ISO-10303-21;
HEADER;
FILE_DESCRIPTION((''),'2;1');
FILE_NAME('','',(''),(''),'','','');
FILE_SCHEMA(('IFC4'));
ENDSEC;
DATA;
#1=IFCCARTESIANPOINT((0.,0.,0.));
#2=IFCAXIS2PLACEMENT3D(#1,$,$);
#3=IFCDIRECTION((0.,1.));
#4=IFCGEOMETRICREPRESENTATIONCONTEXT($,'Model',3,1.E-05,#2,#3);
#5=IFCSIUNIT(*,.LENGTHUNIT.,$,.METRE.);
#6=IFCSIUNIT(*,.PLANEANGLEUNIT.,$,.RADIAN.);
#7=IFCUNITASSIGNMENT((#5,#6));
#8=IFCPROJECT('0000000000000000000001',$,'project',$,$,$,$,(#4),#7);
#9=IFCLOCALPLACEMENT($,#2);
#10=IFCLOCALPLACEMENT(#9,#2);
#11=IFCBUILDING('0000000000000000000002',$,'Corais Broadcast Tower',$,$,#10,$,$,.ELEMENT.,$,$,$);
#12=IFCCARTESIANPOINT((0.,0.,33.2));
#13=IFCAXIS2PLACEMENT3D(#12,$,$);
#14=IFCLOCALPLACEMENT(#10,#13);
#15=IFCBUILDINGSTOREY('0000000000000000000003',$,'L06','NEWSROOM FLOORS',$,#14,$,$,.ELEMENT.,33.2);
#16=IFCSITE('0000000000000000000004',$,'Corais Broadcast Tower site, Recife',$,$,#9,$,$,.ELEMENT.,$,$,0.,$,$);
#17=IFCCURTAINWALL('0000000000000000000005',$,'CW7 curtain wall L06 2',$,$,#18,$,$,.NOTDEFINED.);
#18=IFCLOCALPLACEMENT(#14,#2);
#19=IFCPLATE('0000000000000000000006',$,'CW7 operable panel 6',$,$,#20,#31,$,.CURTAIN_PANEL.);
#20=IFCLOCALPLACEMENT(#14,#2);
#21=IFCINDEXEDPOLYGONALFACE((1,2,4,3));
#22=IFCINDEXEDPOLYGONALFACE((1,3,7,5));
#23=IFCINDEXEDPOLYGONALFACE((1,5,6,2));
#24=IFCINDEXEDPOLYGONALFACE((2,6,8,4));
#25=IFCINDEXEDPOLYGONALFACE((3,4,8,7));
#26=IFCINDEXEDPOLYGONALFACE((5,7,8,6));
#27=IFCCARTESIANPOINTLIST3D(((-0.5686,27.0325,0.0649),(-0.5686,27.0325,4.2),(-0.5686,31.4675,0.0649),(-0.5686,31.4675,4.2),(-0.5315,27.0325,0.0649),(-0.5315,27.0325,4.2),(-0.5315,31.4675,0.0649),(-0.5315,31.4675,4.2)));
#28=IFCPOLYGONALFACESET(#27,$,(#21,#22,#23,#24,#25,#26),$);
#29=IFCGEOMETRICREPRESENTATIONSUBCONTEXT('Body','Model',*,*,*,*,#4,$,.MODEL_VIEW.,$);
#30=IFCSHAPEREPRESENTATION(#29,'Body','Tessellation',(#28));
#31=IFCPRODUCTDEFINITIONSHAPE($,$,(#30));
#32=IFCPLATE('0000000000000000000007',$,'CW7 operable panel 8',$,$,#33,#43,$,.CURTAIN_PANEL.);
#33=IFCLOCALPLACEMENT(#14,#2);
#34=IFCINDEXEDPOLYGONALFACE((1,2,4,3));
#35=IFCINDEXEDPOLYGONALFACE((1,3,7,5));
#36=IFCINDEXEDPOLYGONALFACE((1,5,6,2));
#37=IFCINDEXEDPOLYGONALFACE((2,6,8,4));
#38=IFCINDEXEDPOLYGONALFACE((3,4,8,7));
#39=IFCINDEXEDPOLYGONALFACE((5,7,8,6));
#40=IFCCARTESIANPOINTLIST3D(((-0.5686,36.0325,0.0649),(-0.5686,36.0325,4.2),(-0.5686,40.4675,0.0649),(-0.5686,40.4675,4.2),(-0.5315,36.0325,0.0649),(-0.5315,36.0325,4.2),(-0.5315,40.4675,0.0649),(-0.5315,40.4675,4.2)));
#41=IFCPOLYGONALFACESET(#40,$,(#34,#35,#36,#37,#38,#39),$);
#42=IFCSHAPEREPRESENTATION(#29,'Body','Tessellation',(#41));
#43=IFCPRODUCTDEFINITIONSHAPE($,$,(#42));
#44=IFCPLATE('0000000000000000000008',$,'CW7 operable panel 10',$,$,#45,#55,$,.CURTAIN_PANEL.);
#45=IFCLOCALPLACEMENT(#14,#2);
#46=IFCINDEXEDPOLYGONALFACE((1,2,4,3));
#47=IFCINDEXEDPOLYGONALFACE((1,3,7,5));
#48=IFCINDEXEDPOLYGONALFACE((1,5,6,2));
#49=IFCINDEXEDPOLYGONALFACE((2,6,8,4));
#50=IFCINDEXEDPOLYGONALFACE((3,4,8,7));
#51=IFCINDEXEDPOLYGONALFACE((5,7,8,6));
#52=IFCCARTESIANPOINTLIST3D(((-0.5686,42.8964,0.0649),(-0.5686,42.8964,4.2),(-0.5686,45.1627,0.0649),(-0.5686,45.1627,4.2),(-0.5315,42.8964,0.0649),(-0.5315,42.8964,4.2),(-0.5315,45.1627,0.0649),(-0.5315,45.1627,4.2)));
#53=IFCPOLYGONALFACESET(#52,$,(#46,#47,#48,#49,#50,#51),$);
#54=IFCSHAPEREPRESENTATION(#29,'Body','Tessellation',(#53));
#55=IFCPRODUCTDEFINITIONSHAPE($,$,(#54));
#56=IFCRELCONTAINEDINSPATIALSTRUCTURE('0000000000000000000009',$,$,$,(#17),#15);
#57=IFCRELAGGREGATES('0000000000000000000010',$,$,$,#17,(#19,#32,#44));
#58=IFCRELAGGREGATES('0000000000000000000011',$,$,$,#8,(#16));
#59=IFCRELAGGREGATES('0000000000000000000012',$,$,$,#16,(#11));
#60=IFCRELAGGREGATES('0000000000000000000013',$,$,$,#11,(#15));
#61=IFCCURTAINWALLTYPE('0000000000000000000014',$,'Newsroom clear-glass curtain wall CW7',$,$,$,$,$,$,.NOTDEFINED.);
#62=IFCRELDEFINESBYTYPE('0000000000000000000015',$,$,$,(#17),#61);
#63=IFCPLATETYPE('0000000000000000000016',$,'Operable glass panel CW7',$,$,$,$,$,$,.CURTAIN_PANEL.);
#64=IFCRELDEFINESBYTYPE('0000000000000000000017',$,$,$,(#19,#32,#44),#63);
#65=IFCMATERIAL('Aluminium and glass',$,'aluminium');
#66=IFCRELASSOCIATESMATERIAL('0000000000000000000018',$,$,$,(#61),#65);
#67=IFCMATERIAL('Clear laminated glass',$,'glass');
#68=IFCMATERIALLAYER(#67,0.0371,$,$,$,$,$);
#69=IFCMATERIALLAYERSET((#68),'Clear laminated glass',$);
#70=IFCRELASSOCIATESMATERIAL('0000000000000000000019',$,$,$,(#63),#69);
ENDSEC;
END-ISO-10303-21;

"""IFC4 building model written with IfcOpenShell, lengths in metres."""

from ifc_helpers import new_model, si_unit, direction, frame, origin, origin_2d, place, context, subcontext, project, spatial, rectangle, extrude, material, layer, layer_set, type_object, element, aggregate, save


model = new_model("IFC4")

# Units and contexts
model_context = context("Model", 3, precision=1e-05, world=origin(), true_north=direction((0.0, 1.0)))
body_context = subcontext(model_context, "Body", "Model", "MODEL_VIEW")
ifc_project = project(units=[si_unit("LENGTHUNIT", "METRE"), si_unit("PLANEANGLEUNIT", "RADIAN")], contexts=[model_context])

# Site, building, storey
site_placement = place(None, origin())
site = spatial("IfcSite", under=ifc_project, at=site_placement, Name="Corais Broadcast Tower site, Recife", CompositionType="ELEMENT", RefElevation=0.0)
building_placement = place(site_placement, origin())
building = spatial("IfcBuilding", under=site, at=building_placement, Name="Corais Broadcast Tower", CompositionType="ELEMENT")
storey_placement = place(building_placement, frame((0.0, 0.0, 33.2)))
storey = spatial("IfcBuildingStorey", under=building, at=storey_placement, Name="L06", Description="NEWSROOM FLOORS", CompositionType="ELEMENT", Elevation=33.2)

# Curtain wall
ifc_material_1 = material(Name="Aluminium and glass", Category="aluminium")
curtain_wall_type = type_object("IfcCurtainWallType", Name="Newsroom clear-glass curtain wall CW7", PredefinedType="NOTDEFINED", material=ifc_material_1)
curtain_wall_placement = place(storey_placement, origin())
curtain_wall = element("IfcCurtainWall", 1, at=curtain_wall_placement, inside=storey, type_object=curtain_wall_type, Name="CW7 curtain wall L06 2", PredefinedType="NOTDEFINED")

# Plates
ifc_material_2 = material(Name="Clear laminated glass", Category="glass")
ifc_layer_1 = layer(ifc_material_2, 0.0371)
ifc_layer_set_1 = layer_set([ifc_layer_1], Name="Clear laminated glass")
plate_type_1 = type_object("IfcPlateType", Name="Operable glass panel CW7", PredefinedType="CURTAIN_PANEL", material=ifc_layer_set_1)
plate_1_placement = place(storey_placement, frame((-0.55, 29.25, 0.0649), z_axis=(0.0, 0.0, 1.0), x_axis=(0.0, 1.0, 0.0)))
plate_1 = element("IfcPlate", 2, at=plate_1_placement, type_object=plate_type_1, Name="CW7 operable panel 6", PredefinedType="CURTAIN_PANEL", context=body_context, shape_type="SweptSolid", body=[
    extrude(rectangle(XDim=4.4351, YDim=0.0371, at=origin_2d()), origin(), (0.0, 0.0, 1.0), 4.135),
])
plate_2_placement = place(storey_placement, frame((-0.55, 38.25, 0.0649), z_axis=(0.0, 0.0, 1.0), x_axis=(0.0, 1.0, 0.0)))
plate_2 = element("IfcPlate", 3, at=plate_2_placement, type_object=plate_type_1, Name="CW7 operable panel 8", PredefinedType="CURTAIN_PANEL", context=body_context, shape_type="SweptSolid", body=[
    extrude(rectangle(XDim=4.4351, YDim=0.0371, at=origin_2d()), origin(), (0.0, 0.0, 1.0), 4.135),
])
plate_3_placement = place(storey_placement, frame((-0.55, 44.0295, 0.0649), z_axis=(0.0, 0.0, 1.0), x_axis=(0.0, 1.0, 0.0)))
plate_3 = element("IfcPlate", 4, at=plate_3_placement, type_object=plate_type_1, Name="CW7 operable panel 10", PredefinedType="CURTAIN_PANEL", context=body_context, shape_type="SweptSolid", body=[
    extrude(rectangle(XDim=2.2664, YDim=0.0371, at=origin_2d()), origin(), (0.0, 0.0, 1.0), 4.135),
])
aggregate(curtain_wall, [plate_1, plate_2, plate_3])

save(model, "model.ifc")
